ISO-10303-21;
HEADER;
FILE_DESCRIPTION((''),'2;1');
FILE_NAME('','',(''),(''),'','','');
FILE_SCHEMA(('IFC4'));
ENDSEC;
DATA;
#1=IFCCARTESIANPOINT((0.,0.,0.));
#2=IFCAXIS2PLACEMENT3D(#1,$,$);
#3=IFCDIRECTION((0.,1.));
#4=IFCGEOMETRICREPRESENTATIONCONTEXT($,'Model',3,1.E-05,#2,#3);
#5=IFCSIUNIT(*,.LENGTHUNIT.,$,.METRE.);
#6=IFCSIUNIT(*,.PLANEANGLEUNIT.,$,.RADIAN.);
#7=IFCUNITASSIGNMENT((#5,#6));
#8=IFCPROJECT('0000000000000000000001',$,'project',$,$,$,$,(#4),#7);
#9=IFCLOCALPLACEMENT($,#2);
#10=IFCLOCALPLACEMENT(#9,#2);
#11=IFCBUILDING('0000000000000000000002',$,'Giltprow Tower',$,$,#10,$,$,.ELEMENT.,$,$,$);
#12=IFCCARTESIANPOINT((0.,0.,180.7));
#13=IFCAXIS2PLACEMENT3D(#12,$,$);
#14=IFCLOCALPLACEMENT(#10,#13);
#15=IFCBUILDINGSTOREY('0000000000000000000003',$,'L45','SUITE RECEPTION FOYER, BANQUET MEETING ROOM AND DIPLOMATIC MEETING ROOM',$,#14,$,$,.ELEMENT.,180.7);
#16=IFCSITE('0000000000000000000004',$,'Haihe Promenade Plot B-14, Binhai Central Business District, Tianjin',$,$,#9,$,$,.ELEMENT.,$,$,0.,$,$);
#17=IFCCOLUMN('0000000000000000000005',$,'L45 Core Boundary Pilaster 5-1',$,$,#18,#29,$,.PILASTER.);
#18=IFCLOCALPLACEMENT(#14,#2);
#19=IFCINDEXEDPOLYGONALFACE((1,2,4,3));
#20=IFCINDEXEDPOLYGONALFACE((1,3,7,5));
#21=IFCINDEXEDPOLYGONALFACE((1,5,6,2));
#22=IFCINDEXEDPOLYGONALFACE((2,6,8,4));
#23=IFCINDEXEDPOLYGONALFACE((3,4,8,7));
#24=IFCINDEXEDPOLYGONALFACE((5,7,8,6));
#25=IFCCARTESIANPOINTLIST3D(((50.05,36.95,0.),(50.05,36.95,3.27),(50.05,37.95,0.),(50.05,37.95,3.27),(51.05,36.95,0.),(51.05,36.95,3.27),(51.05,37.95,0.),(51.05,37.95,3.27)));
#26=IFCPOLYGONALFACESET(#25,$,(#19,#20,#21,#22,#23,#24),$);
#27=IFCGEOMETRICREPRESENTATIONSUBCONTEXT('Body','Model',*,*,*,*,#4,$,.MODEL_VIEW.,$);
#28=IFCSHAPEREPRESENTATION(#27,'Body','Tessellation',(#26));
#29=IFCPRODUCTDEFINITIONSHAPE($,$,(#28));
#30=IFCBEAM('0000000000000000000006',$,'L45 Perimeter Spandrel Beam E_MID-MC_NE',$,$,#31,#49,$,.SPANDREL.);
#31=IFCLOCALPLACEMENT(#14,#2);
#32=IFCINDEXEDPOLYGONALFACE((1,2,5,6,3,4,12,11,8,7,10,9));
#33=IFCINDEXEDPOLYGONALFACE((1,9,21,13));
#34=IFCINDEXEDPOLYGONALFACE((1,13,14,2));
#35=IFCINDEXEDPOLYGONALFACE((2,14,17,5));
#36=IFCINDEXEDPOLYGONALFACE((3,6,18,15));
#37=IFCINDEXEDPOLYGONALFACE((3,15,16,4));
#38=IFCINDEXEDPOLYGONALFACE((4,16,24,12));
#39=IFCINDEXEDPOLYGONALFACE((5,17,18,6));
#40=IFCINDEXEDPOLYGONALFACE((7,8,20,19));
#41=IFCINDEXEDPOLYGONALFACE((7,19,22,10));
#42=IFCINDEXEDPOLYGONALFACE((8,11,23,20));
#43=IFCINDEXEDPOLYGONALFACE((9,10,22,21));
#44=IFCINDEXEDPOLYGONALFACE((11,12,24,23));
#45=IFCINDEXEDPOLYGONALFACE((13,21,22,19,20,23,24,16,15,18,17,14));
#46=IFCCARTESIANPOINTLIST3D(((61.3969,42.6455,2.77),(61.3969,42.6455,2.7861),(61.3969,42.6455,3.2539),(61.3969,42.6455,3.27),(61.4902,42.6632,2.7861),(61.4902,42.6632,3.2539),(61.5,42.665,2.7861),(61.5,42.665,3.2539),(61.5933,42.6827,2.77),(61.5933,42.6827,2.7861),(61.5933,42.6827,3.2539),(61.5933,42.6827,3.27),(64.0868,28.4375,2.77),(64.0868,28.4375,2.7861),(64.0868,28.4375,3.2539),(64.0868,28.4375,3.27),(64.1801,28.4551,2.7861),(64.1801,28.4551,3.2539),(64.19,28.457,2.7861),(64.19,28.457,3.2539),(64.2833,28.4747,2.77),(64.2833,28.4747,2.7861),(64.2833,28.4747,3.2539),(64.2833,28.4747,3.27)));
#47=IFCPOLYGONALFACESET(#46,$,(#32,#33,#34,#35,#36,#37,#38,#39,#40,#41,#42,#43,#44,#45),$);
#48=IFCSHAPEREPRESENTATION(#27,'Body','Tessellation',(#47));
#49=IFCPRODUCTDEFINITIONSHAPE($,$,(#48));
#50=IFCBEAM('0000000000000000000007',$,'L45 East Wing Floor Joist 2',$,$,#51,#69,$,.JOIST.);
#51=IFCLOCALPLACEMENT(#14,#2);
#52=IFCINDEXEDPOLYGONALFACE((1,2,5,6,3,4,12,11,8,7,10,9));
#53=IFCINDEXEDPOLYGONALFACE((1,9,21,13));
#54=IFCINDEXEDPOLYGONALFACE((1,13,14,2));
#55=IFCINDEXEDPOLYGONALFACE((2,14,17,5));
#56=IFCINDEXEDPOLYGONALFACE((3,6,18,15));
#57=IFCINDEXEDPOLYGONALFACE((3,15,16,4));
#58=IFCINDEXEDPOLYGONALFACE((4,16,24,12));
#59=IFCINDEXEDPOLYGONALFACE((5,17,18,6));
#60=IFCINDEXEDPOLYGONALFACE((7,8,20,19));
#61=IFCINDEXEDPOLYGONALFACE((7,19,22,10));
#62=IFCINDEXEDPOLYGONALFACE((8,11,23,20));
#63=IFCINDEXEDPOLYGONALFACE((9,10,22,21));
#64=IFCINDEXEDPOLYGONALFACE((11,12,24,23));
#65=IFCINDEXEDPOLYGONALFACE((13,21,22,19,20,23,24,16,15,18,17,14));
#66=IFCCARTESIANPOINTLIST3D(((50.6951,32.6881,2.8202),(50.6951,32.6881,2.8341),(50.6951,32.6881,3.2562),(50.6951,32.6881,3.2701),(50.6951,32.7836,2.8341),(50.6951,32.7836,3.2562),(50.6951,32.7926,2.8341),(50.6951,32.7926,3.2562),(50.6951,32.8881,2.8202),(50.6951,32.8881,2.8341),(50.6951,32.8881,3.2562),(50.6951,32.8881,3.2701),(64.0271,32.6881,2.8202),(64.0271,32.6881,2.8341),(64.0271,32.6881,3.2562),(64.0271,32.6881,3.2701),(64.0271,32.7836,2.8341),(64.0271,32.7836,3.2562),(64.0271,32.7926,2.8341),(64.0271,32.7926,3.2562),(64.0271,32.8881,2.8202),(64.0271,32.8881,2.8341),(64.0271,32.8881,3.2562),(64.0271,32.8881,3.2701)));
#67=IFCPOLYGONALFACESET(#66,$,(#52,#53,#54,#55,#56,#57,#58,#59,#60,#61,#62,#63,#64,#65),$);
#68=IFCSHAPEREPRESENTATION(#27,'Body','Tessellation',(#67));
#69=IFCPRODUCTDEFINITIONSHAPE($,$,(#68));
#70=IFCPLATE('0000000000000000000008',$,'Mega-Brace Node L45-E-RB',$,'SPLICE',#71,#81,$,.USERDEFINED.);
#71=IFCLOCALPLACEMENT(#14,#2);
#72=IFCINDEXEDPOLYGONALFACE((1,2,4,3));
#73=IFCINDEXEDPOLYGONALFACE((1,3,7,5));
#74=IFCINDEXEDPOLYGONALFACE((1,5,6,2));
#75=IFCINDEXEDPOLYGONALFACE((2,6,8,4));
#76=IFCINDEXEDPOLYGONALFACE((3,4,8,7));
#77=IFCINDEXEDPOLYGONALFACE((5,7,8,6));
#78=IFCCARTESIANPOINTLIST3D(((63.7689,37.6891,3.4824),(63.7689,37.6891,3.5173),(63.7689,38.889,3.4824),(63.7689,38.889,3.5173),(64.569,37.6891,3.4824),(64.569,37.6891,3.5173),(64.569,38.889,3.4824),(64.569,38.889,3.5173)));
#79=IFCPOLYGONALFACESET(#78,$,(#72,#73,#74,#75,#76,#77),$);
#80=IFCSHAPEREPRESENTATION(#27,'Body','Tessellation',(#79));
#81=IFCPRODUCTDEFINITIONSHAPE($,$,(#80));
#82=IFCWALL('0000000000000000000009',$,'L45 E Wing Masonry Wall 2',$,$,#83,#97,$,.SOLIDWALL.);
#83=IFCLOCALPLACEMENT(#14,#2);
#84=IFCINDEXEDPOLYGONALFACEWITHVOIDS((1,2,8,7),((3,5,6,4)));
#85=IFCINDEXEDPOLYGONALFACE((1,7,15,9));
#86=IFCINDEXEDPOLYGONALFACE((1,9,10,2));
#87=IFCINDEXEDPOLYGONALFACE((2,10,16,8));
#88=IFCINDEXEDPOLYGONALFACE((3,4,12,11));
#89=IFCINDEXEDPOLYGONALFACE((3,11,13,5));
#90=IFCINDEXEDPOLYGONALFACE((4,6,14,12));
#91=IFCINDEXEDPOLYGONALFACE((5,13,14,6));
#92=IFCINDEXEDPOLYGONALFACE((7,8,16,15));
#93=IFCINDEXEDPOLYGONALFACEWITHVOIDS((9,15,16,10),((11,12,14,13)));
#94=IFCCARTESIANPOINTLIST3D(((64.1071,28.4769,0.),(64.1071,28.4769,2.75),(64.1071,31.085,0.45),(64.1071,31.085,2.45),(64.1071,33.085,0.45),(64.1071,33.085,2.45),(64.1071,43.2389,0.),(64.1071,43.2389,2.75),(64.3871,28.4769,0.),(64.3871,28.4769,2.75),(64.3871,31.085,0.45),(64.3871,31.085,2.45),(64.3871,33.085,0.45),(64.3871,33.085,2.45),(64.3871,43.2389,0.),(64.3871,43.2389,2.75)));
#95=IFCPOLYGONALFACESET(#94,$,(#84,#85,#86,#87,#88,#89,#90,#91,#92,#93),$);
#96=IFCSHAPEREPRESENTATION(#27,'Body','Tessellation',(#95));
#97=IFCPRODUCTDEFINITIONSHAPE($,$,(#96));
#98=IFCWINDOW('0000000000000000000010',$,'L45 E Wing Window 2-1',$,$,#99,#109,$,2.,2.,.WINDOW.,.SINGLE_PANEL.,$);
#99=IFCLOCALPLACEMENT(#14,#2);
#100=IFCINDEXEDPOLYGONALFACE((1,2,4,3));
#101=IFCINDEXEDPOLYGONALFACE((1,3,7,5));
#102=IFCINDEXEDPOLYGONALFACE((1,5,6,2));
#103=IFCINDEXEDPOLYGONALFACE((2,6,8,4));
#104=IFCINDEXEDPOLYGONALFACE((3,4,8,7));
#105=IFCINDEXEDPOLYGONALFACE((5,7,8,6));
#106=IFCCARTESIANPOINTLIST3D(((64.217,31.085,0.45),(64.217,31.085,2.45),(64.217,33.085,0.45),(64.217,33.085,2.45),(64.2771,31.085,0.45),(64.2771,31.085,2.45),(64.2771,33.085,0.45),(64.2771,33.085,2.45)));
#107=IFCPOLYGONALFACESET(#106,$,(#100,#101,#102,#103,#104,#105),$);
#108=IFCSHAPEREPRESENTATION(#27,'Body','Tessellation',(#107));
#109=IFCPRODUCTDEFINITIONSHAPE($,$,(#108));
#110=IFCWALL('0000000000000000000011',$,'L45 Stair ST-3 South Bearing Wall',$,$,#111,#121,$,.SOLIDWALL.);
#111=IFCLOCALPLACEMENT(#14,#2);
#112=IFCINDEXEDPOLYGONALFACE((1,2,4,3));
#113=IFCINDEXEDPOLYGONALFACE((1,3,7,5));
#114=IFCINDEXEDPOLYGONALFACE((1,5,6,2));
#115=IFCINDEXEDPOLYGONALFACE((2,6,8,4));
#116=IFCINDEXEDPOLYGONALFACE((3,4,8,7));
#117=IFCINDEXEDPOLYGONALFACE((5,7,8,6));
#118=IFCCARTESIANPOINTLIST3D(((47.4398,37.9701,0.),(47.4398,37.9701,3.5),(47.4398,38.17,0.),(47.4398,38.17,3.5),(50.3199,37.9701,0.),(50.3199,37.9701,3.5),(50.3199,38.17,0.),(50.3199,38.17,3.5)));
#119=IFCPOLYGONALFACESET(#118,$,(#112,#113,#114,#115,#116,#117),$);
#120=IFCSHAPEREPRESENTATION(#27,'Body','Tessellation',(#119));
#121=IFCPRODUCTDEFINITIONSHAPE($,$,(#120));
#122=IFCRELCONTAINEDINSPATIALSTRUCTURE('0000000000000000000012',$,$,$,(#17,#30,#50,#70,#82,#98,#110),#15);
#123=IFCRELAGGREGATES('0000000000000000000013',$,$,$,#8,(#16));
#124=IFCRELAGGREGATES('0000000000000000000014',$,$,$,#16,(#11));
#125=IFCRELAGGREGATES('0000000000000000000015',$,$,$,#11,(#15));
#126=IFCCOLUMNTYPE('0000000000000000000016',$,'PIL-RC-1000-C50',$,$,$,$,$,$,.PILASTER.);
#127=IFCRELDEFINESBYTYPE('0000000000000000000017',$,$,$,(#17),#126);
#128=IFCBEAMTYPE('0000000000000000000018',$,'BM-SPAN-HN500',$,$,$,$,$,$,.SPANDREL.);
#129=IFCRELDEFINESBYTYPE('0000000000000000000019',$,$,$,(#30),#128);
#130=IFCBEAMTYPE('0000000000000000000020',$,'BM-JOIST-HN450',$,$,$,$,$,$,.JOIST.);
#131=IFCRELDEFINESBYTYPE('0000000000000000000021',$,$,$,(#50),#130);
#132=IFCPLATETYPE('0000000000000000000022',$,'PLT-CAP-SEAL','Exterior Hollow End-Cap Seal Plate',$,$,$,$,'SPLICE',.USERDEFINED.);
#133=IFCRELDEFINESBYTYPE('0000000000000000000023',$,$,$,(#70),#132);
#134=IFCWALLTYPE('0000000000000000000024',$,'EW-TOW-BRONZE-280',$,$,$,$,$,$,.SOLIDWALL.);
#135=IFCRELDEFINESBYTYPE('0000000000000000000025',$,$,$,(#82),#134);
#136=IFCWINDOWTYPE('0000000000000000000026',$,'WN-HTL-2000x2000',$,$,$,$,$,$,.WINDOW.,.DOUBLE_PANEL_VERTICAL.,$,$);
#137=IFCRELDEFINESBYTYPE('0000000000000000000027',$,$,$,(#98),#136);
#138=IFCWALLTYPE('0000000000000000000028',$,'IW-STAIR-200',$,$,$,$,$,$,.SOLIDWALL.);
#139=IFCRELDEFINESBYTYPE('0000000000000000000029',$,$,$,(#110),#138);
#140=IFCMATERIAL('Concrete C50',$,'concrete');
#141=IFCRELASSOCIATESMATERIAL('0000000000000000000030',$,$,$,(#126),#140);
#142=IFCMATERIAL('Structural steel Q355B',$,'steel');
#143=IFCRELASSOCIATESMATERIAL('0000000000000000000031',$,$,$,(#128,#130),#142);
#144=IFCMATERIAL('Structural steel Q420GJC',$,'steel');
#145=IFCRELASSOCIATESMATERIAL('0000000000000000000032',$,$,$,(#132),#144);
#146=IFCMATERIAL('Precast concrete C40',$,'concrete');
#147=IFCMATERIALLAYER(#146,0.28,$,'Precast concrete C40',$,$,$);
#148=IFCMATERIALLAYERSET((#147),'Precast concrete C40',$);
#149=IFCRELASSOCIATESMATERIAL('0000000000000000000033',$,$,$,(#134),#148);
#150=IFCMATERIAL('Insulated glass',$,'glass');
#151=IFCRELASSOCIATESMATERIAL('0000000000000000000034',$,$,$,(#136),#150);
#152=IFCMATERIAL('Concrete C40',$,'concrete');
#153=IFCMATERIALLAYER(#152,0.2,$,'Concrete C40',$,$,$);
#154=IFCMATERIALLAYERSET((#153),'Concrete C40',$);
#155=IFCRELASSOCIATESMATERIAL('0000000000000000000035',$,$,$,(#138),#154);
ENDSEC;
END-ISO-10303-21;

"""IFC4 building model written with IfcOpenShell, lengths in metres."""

from ifc_helpers import new_model, si_unit, direction, frame, frame_2d, origin, origin_2d, place, context, subcontext, project, spatial, rectangle, i_section, extrude, source, transform, mapped, material, layer, layer_set, material_profile, profile_set, type_object, element, fill, save


model = new_model("IFC4")

# Units and contexts
model_context = context("Model", 3, precision=1e-05, world=origin(), true_north=direction((0.0, 1.0)))
body_context = subcontext(model_context, "Body", "Model", "MODEL_VIEW")
ifc_project = project(units=[si_unit("LENGTHUNIT", "METRE"), si_unit("PLANEANGLEUNIT", "RADIAN")], contexts=[model_context])

# Site, building, storey
site_placement = place(None, origin())
site = spatial("IfcSite", under=ifc_project, at=site_placement, Name="Haihe Promenade Plot B-14, Binhai Central Business District, Tianjin", CompositionType="ELEMENT", RefElevation=0.0)
building_placement = place(site_placement, origin())
building = spatial("IfcBuilding", under=site, at=building_placement, Name="Giltprow Tower", CompositionType="ELEMENT")
storey_placement = place(building_placement, frame((0.0, 0.0, 180.7)))
storey = spatial("IfcBuildingStorey", under=building, at=storey_placement, Name="L45", Description="SUITE RECEPTION FOYER, BANQUET MEETING ROOM AND DIPLOMATIC MEETING ROOM", CompositionType="ELEMENT", Elevation=180.7)

# Column
ifc_material_1 = material(Name="Concrete C50", Category="concrete")
ifc_material_profile_1 = material_profile(ifc_material_1, rectangle(XDim=1.0, YDim=1.0, at=origin_2d()), Name="RC 1000x1000")
ifc_profile_set_1 = profile_set([ifc_material_profile_1], Name="Concrete C50")
column_type = type_object("IfcColumnType", Name="PIL-RC-1000-C50", PredefinedType="PILASTER", material=ifc_profile_set_1)
shared_shape_1 = source(origin(), body_context, "Body", "SweptSolid", [
    extrude(rectangle(XDim=1.0, YDim=1.0, at=origin_2d()), origin(), (0.0, 0.0, 1.0), 3.27),
])
column_placement = place(storey_placement, frame((50.55, 37.45, 0.0), z_axis=(0.0, 0.0, 1.0), x_axis=(1.0, 0.0, 0.0)))
element("IfcColumn", 1, at=column_placement, inside=storey, type_object=column_type, Name="L45 Core Boundary Pilaster 5-1", PredefinedType="PILASTER", context=body_context, shape_type="MappedRepresentation", body=[
    mapped(shared_shape_1, transform((0.0, 0.0, 0.0), x_axis=(1.0, 0.0, 0.0), y_axis=(0.0, 1.0, 0.0), z_axis=(0.0, 0.0, 1.0), scale=1.0)),
])

# Beams
ifc_material_2 = material(Name="Structural steel Q355B", Category="steel")
ifc_material_profile_2 = material_profile(ifc_material_2, i_section(OverallWidth=0.2, OverallDepth=0.5, WebThickness=0.01, FlangeThickness=0.0161, at=origin_2d()), Name="HN 500x200x10x16")
ifc_profile_set_2 = profile_set([ifc_material_profile_2], Name="Structural steel Q355B")
beam_type_1 = type_object("IfcBeamType", Name="BM-SPAN-HN500", PredefinedType="SPANDREL", material=ifc_profile_set_2)
shared_shape_2 = source(origin(), body_context, "Body", "SweptSolid", [
    extrude(i_section(OverallWidth=0.2, OverallDepth=0.5, WebThickness=0.01, FlangeThickness=0.0161, at=origin_2d()), origin(), (0.0, 0.0, 1.0), 14.4604),
])
beam_1_placement = place(storey_placement, frame((64.1851, 28.4561, 3.02), z_axis=(-0.186021, 0.982546, 0.0), x_axis=(-0.982546, -0.186021, 0.0)))
element("IfcBeam", 2, at=beam_1_placement, inside=storey, type_object=beam_type_1, Name="L45 Perimeter Spandrel Beam E_MID-MC_NE", PredefinedType="SPANDREL", context=body_context, shape_type="MappedRepresentation", body=[
    mapped(shared_shape_2, transform((0.0, 0.0, 0.0), x_axis=(1.0, 0.0, 0.0), y_axis=(0.0, 1.0, 0.0), z_axis=(0.0, 0.0, 1.0), scale=1.0)),
])
ifc_material_profile_3 = material_profile(ifc_material_2, i_section(OverallWidth=0.2, OverallDepth=0.45, WebThickness=0.009, FlangeThickness=0.0139, at=origin_2d()), Name="HN 450x200x9x14")
ifc_profile_set_3 = profile_set([ifc_material_profile_3], Name="Structural steel Q355B")
beam_type_2 = type_object("IfcBeamType", Name="BM-JOIST-HN450", PredefinedType="JOIST", material=ifc_profile_set_3)
shared_shape_3 = source(origin(), body_context, "Body", "SweptSolid", [
    extrude(i_section(OverallWidth=0.2, OverallDepth=0.45, WebThickness=0.009, FlangeThickness=0.0139, at=origin_2d()), origin(), (0.0, 0.0, 1.0), 13.332),
])
beam_2_placement = place(storey_placement, frame((50.6951, 32.7881, 3.0452), z_axis=(1.0, 0.0, 0.0), x_axis=(0.0, 1.0, 0.0)))
element("IfcBeam", 3, at=beam_2_placement, inside=storey, type_object=beam_type_2, Name="L45 East Wing Floor Joist 2", PredefinedType="JOIST", context=body_context, shape_type="MappedRepresentation", body=[
    mapped(shared_shape_3, transform((0.0, 0.0, 0.0), x_axis=(1.0, 0.0, 0.0), y_axis=(0.0, 1.0, 0.0), z_axis=(0.0, 0.0, 1.0), scale=1.0)),
])

# Plate
ifc_material_3 = material(Name="Structural steel Q420GJC", Category="steel")
plate_type = type_object("IfcPlateType", Name="PLT-CAP-SEAL", Description="Exterior Hollow End-Cap Seal Plate", ElementType="SPLICE", PredefinedType="USERDEFINED", material=ifc_material_3)
shared_shape_4 = source(origin(), body_context, "Body", "SweptSolid", [
    extrude(rectangle(XDim=1.2, YDim=0.8, at=origin_2d()), origin(), (0.0, 0.0, 1.0), 0.0349),
])
plate_placement = place(storey_placement, frame((64.1689, 38.2891, 3.4824), z_axis=(0.0, 0.0, 1.0), x_axis=(0.0, 1.0, 0.0)))
element("IfcPlate", 4, at=plate_placement, inside=storey, type_object=plate_type, Name="Mega-Brace Node L45-E-RB", ObjectType="SPLICE", PredefinedType="USERDEFINED", context=body_context, shape_type="MappedRepresentation", body=[
    mapped(shared_shape_4, transform((0.0, 0.0, 0.0), x_axis=(1.0, 0.0, 0.0), y_axis=(0.0, 1.0, 0.0), z_axis=(0.0, 0.0, 1.0), scale=1.0)),
])

# Wall, opening, window
ifc_material_4 = material(Name="Precast concrete C40", Category="concrete")
ifc_layer_1 = layer(ifc_material_4, 0.28, Name="Precast concrete C40")
ifc_layer_set_1 = layer_set([ifc_layer_1], Name="Precast concrete C40")
wall_type_1 = type_object("IfcWallType", Name="EW-TOW-BRONZE-280", PredefinedType="SOLIDWALL", material=ifc_layer_set_1)
wall_1_placement = place(storey_placement, frame((64.2471, 28.4771, 0.0), z_axis=(0.0, 0.0, 1.0), x_axis=(0.0, 1.0, 0.0)))
wall_1 = element("IfcWall", 5, at=wall_1_placement, inside=storey, type_object=wall_type_1, Name="L45 E Wing Masonry Wall 2", PredefinedType="SOLIDWALL", context=body_context, shape_type="SweptSolid", body=[
    extrude(rectangle(XDim=14.762, YDim=0.28, at=frame_2d((7.3809, 0.0))), origin(), (0.0, 0.0, 1.0), 2.75),
])
opening_1_placement = place(wall_1_placement, frame((2.6079, 0.0, 0.45)))
opening_1 = element("IfcOpeningElement", 6, at=opening_1_placement, cuts=wall_1, PredefinedType="OPENING", context=body_context, shape_type="SweptSolid", body=[
    extrude(rectangle(XDim=2.0, YDim=2.0, at=frame_2d((1.0, 1.0))), frame((0.0, 0.1499, 0.0), z_axis=(0.0, -1.0, 0.0), x_axis=(1.0, 0.0, 0.0)), (0.0, 0.0, 1.0), 0.3),
])
ifc_material_5 = material(Name="Insulated glass", Category="glass")
window_type = type_object("IfcWindowType", Name="WN-HTL-2000x2000", PartitioningType="DOUBLE_PANEL_VERTICAL", PredefinedType="WINDOW", material=ifc_material_5)
shared_shape_5 = source(origin(), body_context, "Body", "SweptSolid", [
    extrude(rectangle(XDim=2.0, YDim=2.0, at=frame_2d((1.0, 1.0))), frame((0.0, 0.03, 0.0), z_axis=(0.0, -1.0, 0.0), x_axis=(1.0, 0.0, 0.0)), (0.0, 0.0, 1.0), 0.0601),
])
window_placement = place(opening_1_placement, origin())
window = element("IfcWindow", 7, at=window_placement, inside=storey, type_object=window_type, Name="L45 E Wing Window 2-1", OverallHeight=2.0, OverallWidth=2.0, PartitioningType="SINGLE_PANEL", PredefinedType="WINDOW", context=body_context, shape_type="MappedRepresentation", body=[
    mapped(shared_shape_5, transform((0.0, 0.0, 0.0), x_axis=(1.0, 0.0, 0.0), y_axis=(0.0, 1.0, 0.0), z_axis=(0.0, 0.0, 1.0), scale=1.0)),
])
fill(opening_1, window)

# Wall
ifc_material_6 = material(Name="Concrete C40", Category="concrete")
ifc_layer_2 = layer(ifc_material_6, 0.2, Name="Concrete C40")
ifc_layer_set_2 = layer_set([ifc_layer_2], Name="Concrete C40")
wall_type_2 = type_object("IfcWallType", Name="IW-STAIR-200", PredefinedType="SOLIDWALL", material=ifc_layer_set_2)
wall_2_placement = place(storey_placement, frame((47.4399, 38.0701, 0.0), z_axis=(0.0, 0.0, 1.0), x_axis=(1.0, 0.0, 0.0)))
element("IfcWall", 8, at=wall_2_placement, inside=storey, type_object=wall_type_2, Name="L45 Stair ST-3 South Bearing Wall", PredefinedType="SOLIDWALL", context=body_context, shape_type="SweptSolid", body=[
    extrude(rectangle(XDim=2.8801, YDim=0.2, at=frame_2d((1.4399, 0.0))), origin(), (0.0, 0.0, 1.0), 3.5),
])

save(model, "model.ifc")
